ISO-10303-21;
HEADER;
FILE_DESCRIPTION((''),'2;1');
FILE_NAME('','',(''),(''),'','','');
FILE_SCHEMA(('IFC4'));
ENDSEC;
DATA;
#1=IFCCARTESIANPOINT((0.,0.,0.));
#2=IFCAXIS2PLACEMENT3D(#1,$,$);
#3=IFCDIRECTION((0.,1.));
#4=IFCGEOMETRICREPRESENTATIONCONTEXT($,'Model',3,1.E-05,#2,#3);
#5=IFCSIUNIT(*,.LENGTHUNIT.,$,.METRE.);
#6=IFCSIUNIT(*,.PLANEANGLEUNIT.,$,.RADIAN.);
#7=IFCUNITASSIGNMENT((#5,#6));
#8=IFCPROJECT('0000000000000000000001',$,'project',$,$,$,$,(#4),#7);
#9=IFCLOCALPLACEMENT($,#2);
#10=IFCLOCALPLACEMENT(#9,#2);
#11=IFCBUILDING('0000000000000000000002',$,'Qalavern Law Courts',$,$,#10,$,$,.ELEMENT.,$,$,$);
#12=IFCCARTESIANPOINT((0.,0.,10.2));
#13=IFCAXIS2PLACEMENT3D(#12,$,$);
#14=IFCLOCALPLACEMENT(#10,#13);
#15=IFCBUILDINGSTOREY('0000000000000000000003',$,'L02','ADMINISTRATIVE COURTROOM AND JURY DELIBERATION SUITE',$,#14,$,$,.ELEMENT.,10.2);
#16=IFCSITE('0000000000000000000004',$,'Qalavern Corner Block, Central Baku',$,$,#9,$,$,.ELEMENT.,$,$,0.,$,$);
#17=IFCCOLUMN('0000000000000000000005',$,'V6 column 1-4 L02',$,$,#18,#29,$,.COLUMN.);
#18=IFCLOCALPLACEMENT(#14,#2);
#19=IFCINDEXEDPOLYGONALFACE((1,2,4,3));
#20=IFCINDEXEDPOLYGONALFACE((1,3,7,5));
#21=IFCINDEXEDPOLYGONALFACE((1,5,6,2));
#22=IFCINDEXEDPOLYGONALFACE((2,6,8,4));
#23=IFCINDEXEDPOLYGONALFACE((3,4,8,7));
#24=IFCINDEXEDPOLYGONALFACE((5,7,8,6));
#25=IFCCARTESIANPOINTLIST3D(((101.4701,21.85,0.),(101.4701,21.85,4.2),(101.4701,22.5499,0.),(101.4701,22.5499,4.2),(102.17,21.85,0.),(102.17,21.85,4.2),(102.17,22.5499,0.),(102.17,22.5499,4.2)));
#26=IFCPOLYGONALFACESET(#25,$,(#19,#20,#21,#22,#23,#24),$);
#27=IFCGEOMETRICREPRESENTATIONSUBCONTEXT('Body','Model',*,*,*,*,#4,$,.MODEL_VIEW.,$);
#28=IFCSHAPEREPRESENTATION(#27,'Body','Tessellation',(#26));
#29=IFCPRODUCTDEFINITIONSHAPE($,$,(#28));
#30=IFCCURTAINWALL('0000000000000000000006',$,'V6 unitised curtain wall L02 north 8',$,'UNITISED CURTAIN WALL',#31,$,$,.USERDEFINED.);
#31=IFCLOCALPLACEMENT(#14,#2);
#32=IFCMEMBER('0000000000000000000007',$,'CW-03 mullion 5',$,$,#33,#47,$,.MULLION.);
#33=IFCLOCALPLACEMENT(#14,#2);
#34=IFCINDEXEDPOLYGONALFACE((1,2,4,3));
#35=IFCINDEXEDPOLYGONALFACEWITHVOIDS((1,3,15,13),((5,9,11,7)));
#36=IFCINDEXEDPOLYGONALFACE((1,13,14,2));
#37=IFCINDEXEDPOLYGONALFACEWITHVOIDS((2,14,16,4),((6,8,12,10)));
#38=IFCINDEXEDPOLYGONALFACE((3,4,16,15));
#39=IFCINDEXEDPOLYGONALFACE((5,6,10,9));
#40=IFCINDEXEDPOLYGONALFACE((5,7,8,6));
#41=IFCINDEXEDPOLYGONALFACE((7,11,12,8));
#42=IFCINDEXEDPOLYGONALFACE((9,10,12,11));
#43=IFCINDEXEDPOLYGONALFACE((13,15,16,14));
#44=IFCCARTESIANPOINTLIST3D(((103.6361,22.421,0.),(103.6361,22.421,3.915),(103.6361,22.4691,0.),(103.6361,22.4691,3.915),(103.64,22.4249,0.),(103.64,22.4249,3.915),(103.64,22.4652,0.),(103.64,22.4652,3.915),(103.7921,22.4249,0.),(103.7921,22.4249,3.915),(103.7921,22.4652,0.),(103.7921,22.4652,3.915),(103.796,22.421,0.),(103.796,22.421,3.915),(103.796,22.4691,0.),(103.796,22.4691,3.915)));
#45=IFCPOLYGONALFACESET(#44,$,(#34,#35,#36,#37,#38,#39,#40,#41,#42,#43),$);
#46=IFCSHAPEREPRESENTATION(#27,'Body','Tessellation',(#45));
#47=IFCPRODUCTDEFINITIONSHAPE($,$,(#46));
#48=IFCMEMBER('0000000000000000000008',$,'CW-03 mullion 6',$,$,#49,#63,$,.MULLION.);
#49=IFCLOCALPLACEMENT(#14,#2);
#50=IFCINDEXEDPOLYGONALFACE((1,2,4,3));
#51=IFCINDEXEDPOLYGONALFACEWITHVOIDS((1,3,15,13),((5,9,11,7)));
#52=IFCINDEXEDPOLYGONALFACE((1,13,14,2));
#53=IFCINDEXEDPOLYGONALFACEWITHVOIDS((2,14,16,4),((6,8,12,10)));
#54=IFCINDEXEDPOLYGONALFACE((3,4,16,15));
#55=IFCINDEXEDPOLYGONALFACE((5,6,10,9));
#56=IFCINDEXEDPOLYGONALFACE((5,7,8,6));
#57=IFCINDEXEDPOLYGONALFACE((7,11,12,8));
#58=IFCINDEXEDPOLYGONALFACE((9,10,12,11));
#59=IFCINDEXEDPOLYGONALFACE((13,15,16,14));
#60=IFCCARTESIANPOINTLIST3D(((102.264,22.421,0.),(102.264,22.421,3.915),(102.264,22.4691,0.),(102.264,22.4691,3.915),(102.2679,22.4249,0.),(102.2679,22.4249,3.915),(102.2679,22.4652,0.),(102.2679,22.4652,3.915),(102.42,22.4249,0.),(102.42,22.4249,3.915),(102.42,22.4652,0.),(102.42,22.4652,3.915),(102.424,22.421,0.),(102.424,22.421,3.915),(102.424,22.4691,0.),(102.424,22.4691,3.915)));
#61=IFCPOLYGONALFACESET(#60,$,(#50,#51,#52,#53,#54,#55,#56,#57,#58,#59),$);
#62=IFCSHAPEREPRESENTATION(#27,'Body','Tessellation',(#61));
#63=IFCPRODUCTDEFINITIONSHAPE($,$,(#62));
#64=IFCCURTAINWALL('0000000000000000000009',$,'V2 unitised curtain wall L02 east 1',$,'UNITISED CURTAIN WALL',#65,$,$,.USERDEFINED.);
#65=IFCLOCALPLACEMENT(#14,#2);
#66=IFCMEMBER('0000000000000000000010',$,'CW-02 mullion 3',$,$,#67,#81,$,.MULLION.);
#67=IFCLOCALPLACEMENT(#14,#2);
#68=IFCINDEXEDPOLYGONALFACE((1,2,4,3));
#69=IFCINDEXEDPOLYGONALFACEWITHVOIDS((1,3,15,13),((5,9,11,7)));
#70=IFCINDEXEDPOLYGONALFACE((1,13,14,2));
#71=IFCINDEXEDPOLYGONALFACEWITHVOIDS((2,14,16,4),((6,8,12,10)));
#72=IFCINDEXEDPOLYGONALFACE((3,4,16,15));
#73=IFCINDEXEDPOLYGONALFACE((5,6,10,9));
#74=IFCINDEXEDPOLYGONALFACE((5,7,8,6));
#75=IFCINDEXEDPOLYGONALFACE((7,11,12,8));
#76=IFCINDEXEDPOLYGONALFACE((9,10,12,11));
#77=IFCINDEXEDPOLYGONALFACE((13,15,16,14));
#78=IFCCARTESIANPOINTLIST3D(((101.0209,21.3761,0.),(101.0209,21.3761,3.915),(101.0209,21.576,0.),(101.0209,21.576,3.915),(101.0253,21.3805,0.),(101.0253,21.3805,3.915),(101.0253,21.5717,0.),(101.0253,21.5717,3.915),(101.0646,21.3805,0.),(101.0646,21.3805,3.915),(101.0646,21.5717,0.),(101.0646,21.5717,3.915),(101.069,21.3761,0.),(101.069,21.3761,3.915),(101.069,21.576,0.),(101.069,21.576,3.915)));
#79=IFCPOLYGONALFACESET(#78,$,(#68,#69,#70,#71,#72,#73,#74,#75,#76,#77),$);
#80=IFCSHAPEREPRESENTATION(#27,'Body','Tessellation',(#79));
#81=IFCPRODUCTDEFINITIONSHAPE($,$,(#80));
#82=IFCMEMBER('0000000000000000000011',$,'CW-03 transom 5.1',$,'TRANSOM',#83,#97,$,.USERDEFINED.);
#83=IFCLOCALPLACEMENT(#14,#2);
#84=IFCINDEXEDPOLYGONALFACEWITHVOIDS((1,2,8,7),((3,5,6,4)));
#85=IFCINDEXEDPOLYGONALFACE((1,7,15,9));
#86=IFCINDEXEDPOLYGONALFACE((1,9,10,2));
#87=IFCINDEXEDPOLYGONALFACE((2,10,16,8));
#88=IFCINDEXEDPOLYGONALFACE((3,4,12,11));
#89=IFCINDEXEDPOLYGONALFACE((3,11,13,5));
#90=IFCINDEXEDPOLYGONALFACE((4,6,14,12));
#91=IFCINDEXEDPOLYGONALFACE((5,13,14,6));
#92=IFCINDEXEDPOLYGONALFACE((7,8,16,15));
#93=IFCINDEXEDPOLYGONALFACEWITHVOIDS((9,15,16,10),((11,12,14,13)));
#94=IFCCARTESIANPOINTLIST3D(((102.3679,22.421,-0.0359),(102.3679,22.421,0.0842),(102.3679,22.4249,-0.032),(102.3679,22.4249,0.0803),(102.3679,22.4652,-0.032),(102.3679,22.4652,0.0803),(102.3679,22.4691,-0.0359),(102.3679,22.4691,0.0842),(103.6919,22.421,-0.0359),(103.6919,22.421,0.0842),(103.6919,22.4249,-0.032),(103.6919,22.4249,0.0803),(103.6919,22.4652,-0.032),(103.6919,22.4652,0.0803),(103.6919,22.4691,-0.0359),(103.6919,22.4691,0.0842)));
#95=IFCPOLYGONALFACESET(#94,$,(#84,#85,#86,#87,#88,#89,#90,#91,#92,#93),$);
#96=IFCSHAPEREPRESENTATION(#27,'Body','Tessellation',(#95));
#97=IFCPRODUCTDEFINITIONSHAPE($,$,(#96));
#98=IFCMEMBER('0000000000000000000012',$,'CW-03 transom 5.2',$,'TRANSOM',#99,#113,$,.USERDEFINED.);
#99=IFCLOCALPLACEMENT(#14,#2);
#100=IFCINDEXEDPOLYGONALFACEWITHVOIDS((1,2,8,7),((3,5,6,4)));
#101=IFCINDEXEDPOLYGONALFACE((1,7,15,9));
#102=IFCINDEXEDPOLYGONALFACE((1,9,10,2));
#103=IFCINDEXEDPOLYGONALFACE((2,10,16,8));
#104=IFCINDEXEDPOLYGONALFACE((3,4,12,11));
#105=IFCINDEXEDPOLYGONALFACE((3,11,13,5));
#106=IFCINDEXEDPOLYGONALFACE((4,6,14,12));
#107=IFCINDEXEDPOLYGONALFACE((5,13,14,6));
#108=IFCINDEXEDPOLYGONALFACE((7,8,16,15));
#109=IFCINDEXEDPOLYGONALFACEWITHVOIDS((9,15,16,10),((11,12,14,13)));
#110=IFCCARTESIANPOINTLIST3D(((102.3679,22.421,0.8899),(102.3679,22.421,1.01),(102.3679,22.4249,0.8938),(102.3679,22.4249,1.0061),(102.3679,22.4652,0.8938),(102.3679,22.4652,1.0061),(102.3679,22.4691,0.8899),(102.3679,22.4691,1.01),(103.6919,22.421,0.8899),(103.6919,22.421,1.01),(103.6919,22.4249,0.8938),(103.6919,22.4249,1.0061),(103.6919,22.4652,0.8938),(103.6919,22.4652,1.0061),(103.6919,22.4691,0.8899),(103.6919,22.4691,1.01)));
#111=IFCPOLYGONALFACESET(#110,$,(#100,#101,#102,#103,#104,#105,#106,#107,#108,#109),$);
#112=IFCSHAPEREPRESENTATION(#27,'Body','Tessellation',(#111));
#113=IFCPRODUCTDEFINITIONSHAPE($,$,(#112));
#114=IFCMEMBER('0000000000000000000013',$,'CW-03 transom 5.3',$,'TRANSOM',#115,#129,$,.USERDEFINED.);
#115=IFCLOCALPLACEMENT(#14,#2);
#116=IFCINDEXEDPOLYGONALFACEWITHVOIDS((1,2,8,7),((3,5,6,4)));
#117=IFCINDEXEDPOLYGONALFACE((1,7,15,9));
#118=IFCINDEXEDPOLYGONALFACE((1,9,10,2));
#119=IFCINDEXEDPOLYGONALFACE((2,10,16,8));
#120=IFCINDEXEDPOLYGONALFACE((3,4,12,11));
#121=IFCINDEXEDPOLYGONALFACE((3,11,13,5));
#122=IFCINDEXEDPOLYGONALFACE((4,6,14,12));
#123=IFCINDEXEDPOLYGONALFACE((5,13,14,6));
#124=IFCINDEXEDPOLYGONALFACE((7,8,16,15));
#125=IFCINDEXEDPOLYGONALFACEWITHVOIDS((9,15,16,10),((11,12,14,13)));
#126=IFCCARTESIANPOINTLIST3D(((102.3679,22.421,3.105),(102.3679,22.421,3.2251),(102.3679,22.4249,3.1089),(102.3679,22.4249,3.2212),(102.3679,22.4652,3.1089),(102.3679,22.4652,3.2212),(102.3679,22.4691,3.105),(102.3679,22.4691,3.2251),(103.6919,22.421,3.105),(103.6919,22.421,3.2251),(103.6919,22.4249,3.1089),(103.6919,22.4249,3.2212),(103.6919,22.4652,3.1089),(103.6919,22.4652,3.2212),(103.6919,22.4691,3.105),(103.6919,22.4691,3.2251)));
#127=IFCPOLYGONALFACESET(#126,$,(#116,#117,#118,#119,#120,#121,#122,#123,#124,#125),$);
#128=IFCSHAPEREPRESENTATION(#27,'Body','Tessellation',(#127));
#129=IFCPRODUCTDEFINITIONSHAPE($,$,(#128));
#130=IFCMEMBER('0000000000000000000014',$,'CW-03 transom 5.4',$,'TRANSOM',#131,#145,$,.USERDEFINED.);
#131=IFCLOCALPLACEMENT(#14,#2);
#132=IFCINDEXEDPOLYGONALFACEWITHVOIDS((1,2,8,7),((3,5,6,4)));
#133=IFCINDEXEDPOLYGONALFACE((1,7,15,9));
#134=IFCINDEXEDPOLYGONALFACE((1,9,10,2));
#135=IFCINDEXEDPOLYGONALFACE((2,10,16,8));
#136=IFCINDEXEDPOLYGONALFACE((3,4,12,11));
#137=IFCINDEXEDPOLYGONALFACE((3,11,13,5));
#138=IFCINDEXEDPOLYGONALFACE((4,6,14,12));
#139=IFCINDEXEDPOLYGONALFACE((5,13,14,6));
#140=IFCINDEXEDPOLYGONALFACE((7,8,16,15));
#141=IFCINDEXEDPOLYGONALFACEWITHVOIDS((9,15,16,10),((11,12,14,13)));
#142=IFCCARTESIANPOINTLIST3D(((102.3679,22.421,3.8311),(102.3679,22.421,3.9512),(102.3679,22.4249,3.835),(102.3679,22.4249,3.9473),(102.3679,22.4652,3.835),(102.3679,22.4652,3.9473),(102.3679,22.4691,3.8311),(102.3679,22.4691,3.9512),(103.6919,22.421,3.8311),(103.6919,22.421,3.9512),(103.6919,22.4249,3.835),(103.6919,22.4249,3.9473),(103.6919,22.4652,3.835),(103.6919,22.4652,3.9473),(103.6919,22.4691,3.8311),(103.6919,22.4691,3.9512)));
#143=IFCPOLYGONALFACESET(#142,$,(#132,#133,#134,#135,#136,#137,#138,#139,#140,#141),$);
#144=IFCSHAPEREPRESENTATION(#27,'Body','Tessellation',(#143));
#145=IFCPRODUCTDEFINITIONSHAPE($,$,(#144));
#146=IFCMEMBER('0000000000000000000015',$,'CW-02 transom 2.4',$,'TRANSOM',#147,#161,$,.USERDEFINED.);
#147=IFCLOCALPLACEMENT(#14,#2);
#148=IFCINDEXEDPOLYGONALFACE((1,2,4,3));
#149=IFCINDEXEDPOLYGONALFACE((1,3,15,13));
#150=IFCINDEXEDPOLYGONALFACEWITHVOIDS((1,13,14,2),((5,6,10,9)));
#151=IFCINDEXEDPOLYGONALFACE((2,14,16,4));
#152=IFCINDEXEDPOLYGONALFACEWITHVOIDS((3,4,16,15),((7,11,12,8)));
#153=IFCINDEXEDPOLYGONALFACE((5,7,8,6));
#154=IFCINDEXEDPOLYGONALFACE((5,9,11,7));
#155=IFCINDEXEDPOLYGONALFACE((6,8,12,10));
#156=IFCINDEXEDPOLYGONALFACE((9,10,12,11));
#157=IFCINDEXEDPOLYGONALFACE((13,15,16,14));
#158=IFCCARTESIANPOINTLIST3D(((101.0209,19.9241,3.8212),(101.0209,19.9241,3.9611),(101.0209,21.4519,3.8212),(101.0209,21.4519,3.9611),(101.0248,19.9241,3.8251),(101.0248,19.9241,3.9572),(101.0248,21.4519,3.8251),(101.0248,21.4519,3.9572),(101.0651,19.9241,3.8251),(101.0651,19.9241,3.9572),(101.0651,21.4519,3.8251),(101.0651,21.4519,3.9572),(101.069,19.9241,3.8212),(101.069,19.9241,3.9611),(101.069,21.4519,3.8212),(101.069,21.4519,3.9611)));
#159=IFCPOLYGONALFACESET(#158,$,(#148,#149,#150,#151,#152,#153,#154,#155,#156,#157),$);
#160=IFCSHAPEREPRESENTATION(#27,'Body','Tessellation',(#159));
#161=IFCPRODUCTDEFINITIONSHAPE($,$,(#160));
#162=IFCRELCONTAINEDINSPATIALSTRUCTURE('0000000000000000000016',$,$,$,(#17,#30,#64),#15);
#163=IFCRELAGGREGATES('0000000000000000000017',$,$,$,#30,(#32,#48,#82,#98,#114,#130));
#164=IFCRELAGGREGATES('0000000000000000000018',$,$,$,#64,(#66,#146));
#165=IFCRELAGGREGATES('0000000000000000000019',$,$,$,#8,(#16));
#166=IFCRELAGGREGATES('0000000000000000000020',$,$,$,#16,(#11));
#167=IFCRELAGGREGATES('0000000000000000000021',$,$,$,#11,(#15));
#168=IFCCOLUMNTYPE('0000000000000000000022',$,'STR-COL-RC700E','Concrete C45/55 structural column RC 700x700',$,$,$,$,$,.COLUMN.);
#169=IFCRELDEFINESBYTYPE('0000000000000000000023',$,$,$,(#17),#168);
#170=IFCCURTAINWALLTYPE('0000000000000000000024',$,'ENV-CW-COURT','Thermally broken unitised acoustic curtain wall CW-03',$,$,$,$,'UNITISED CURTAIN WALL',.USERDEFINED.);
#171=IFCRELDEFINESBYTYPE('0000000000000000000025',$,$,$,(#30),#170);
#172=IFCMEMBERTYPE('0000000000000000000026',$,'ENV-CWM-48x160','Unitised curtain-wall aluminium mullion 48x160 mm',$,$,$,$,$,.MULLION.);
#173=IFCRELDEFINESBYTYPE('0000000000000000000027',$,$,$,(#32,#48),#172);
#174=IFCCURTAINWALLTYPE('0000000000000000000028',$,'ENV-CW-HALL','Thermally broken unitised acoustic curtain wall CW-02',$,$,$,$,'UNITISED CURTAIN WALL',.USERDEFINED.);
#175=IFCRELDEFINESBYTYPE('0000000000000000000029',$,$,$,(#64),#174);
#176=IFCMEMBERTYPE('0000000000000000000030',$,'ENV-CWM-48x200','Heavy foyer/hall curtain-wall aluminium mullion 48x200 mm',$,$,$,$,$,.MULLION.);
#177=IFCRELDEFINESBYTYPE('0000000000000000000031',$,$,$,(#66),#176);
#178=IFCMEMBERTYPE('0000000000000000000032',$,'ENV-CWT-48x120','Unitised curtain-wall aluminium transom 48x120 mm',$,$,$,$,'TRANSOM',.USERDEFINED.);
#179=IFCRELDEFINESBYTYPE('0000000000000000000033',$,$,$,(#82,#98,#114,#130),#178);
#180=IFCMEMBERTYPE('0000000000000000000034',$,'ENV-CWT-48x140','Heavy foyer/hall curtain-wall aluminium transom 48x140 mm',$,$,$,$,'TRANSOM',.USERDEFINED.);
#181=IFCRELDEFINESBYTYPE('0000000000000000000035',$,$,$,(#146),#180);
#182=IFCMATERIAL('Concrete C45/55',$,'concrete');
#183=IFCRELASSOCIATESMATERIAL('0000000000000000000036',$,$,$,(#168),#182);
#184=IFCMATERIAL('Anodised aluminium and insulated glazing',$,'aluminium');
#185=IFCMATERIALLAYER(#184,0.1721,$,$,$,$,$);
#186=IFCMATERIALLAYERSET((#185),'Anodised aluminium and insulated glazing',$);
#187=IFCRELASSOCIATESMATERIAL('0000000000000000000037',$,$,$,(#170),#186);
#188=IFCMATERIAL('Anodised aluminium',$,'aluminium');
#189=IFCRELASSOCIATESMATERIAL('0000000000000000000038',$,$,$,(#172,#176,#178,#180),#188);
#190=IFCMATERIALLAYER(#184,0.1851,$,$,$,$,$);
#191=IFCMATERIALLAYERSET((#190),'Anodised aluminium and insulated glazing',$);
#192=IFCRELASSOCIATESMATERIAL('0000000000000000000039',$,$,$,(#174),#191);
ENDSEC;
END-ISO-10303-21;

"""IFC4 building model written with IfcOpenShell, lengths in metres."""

from ifc_helpers import new_model, si_unit, direction, frame, origin, origin_2d, place, context, subcontext, project, spatial, rectangle, hollow_rectangle, extrude, material, layer, layer_set, material_profile, profile_set, type_object, element, aggregate, save


model = new_model("IFC4")

# Units and contexts
model_context = context("Model", 3, precision=1e-05, world=origin(), true_north=direction((0.0, 1.0)))
body_context = subcontext(model_context, "Body", "Model", "MODEL_VIEW")
ifc_project = project(units=[si_unit("LENGTHUNIT", "METRE"), si_unit("PLANEANGLEUNIT", "RADIAN")], contexts=[model_context])

# Site, building, storey
site_placement = place(None, origin())
site = spatial("IfcSite", under=ifc_project, at=site_placement, Name="Qalavern Corner Block, Central Baku", CompositionType="ELEMENT", RefElevation=0.0)
building_placement = place(site_placement, origin())
building = spatial("IfcBuilding", under=site, at=building_placement, Name="Qalavern Law Courts", CompositionType="ELEMENT")
storey_placement = place(building_placement, frame((0.0, 0.0, 10.2)))
storey = spatial("IfcBuildingStorey", under=building, at=storey_placement, Name="L02", Description="ADMINISTRATIVE COURTROOM AND JURY DELIBERATION SUITE", CompositionType="ELEMENT", Elevation=10.2)

# Column
ifc_material_1 = material(Name="Concrete C45/55", Category="concrete")
ifc_material_profile_1 = material_profile(ifc_material_1, rectangle(XDim=0.7, YDim=0.7, at=origin_2d()), Name="RC 700x700")
ifc_profile_set_1 = profile_set([ifc_material_profile_1], Name="Concrete C45/55")
column_type = type_object("IfcColumnType", Name="STR-COL-RC700E", Description="Concrete C45/55 structural column RC 700x700", PredefinedType="COLUMN", material=ifc_profile_set_1)
column_placement = place(storey_placement, frame((101.8201, 22.2, 0.0), z_axis=(0.0, 0.0, 1.0), x_axis=(1.0, 0.0, 0.0)))
element("IfcColumn", 1, at=column_placement, inside=storey, type_object=column_type, Name="V6 column 1-4 L02", PredefinedType="COLUMN", context=body_context, shape_type="SweptSolid", body=[
    extrude(rectangle(XDim=0.7, YDim=0.7, at=origin_2d()), origin(), (0.0, 0.0, 1.0), 4.2),
])

# Curtain wall, members
ifc_material_2 = material(Name="Anodised aluminium and insulated glazing", Category="aluminium")
ifc_layer_1 = layer(ifc_material_2, 0.1721)
ifc_layer_set_1 = layer_set([ifc_layer_1], Name="Anodised aluminium and insulated glazing")
curtain_wall_type_1 = type_object("IfcCurtainWallType", Name="ENV-CW-COURT", Description="Thermally broken unitised acoustic curtain wall CW-03", ElementType="UNITISED CURTAIN WALL", PredefinedType="USERDEFINED", material=ifc_layer_set_1)
curtain_wall_1_placement = place(storey_placement, origin())
curtain_wall_1 = element("IfcCurtainWall", 2, at=curtain_wall_1_placement, inside=storey, type_object=curtain_wall_type_1, Name="V6 unitised curtain wall L02 north 8", ObjectType="UNITISED CURTAIN WALL", PredefinedType="USERDEFINED")
ifc_material_3 = material(Name="Anodised aluminium", Category="aluminium")
ifc_material_profile_2 = material_profile(ifc_material_3, hollow_rectangle(XDim=0.0481, YDim=0.1599, WallThickness=0.0039, at=origin_2d()), Name="ALU MULLION 48x160")
ifc_profile_set_2 = profile_set([ifc_material_profile_2], Name="Anodised aluminium")
member_type_1 = type_object("IfcMemberType", Name="ENV-CWM-48x160", Description="Unitised curtain-wall aluminium mullion 48x160 mm", PredefinedType="MULLION", material=ifc_profile_set_2)
member_1_placement = place(storey_placement, frame((103.7161, 22.4451, 0.0), z_axis=(0.0, 0.0, 1.0), x_axis=(0.0, -1.0, 0.0)))
member_1 = element("IfcMember", 3, at=member_1_placement, type_object=member_type_1, Name="CW-03 mullion 5", PredefinedType="MULLION", context=body_context, shape_type="SweptSolid", body=[
    extrude(hollow_rectangle(XDim=0.0481, YDim=0.1599, WallThickness=0.0039, at=origin_2d()), origin(), (0.0, 0.0, 1.0), 3.915),
])
member_2_placement = place(storey_placement, frame((102.344, 22.4451, 0.0), z_axis=(0.0, 0.0, 1.0), x_axis=(0.0, -1.0, 0.0)))
member_2 = element("IfcMember", 4, at=member_2_placement, type_object=member_type_1, Name="CW-03 mullion 6", PredefinedType="MULLION", context=body_context, shape_type="SweptSolid", body=[
    extrude(hollow_rectangle(XDim=0.0481, YDim=0.1599, WallThickness=0.0039, at=origin_2d()), origin(), (0.0, 0.0, 1.0), 3.915),
])

# Curtain wall, member
ifc_layer_2 = layer(ifc_material_2, 0.1851)
ifc_layer_set_2 = layer_set([ifc_layer_2], Name="Anodised aluminium and insulated glazing")
curtain_wall_type_2 = type_object("IfcCurtainWallType", Name="ENV-CW-HALL", Description="Thermally broken unitised acoustic curtain wall CW-02", ElementType="UNITISED CURTAIN WALL", PredefinedType="USERDEFINED", material=ifc_layer_set_2)
curtain_wall_2_placement = place(storey_placement, origin())
curtain_wall_2 = element("IfcCurtainWall", 5, at=curtain_wall_2_placement, inside=storey, type_object=curtain_wall_type_2, Name="V2 unitised curtain wall L02 east 1", ObjectType="UNITISED CURTAIN WALL", PredefinedType="USERDEFINED")
ifc_material_profile_3 = material_profile(ifc_material_3, hollow_rectangle(XDim=0.0481, YDim=0.2, WallThickness=0.0044, at=origin_2d()), Name="ALU MULLION 48x200")
ifc_profile_set_3 = profile_set([ifc_material_profile_3], Name="Anodised aluminium")
member_type_2 = type_object("IfcMemberType", Name="ENV-CWM-48x200", Description="Heavy foyer/hall curtain-wall aluminium mullion 48x200 mm", PredefinedType="MULLION", material=ifc_profile_set_3)
member_3_placement = place(storey_placement, frame((101.0449, 21.4761, 0.0), z_axis=(0.0, 0.0, 1.0), x_axis=(-1.0, 0.0, 0.0)))
member_3 = element("IfcMember", 6, at=member_3_placement, type_object=member_type_2, Name="CW-02 mullion 3", PredefinedType="MULLION", context=body_context, shape_type="SweptSolid", body=[
    extrude(hollow_rectangle(XDim=0.0481, YDim=0.2, WallThickness=0.0044, at=origin_2d()), origin(), (0.0, 0.0, 1.0), 3.915),
])

# Members
ifc_material_profile_4 = material_profile(ifc_material_3, hollow_rectangle(XDim=0.0481, YDim=0.1201, WallThickness=0.0039, at=origin_2d()), Name="ALU TRANSOM 48x120")
ifc_profile_set_4 = profile_set([ifc_material_profile_4], Name="Anodised aluminium")
member_type_3 = type_object("IfcMemberType", Name="ENV-CWT-48x120", Description="Unitised curtain-wall aluminium transom 48x120 mm", ElementType="TRANSOM", PredefinedType="USERDEFINED", material=ifc_profile_set_4)
member_4_placement = place(storey_placement, frame((103.6919, 22.4451, 0.0242), z_axis=(-1.0, 0.0, 0.0), x_axis=(0.0, -1.0, 0.0)))
member_4 = element("IfcMember", 7, at=member_4_placement, type_object=member_type_3, Name="CW-03 transom 5.1", ObjectType="TRANSOM", PredefinedType="USERDEFINED", context=body_context, shape_type="SweptSolid", body=[
    extrude(hollow_rectangle(XDim=0.0481, YDim=0.1201, WallThickness=0.0039, at=origin_2d()), origin(), (0.0, 0.0, 1.0), 1.324),
])
member_5_placement = place(storey_placement, frame((103.6919, 22.4451, 0.95), z_axis=(-1.0, 0.0, 0.0), x_axis=(0.0, -1.0, 0.0)))
member_5 = element("IfcMember", 8, at=member_5_placement, type_object=member_type_3, Name="CW-03 transom 5.2", ObjectType="TRANSOM", PredefinedType="USERDEFINED", context=body_context, shape_type="SweptSolid", body=[
    extrude(hollow_rectangle(XDim=0.0481, YDim=0.1201, WallThickness=0.0039, at=origin_2d()), origin(), (0.0, 0.0, 1.0), 1.324),
])
member_6_placement = place(storey_placement, frame((103.6919, 22.4451, 3.165), z_axis=(-1.0, 0.0, 0.0), x_axis=(0.0, -1.0, 0.0)))
member_6 = element("IfcMember", 9, at=member_6_placement, type_object=member_type_3, Name="CW-03 transom 5.3", ObjectType="TRANSOM", PredefinedType="USERDEFINED", context=body_context, shape_type="SweptSolid", body=[
    extrude(hollow_rectangle(XDim=0.0481, YDim=0.1201, WallThickness=0.0039, at=origin_2d()), origin(), (0.0, 0.0, 1.0), 1.324),
])
member_7_placement = place(storey_placement, frame((103.6919, 22.4451, 3.8911), z_axis=(-1.0, 0.0, 0.0), x_axis=(0.0, -1.0, 0.0)))
member_7 = element("IfcMember", 10, at=member_7_placement, type_object=member_type_3, Name="CW-03 transom 5.4", ObjectType="TRANSOM", PredefinedType="USERDEFINED", context=body_context, shape_type="SweptSolid", body=[
    extrude(hollow_rectangle(XDim=0.0481, YDim=0.1201, WallThickness=0.0039, at=origin_2d()), origin(), (0.0, 0.0, 1.0), 1.324),
])
ifc_material_profile_5 = material_profile(ifc_material_3, hollow_rectangle(XDim=0.0481, YDim=0.1399, WallThickness=0.0039, at=origin_2d()), Name="ALU TRANSOM 48x140")
ifc_profile_set_5 = profile_set([ifc_material_profile_5], Name="Anodised aluminium")
member_type_4 = type_object("IfcMemberType", Name="ENV-CWT-48x140", Description="Heavy foyer/hall curtain-wall aluminium transom 48x140 mm", ElementType="TRANSOM", PredefinedType="USERDEFINED", material=ifc_profile_set_5)
member_8_placement = place(storey_placement, frame((101.0449, 19.9241, 3.8911), z_axis=(0.0, 1.0, 0.0), x_axis=(-1.0, 0.0, 0.0)))
member_8 = element("IfcMember", 11, at=member_8_placement, type_object=member_type_4, Name="CW-02 transom 2.4", ObjectType="TRANSOM", PredefinedType="USERDEFINED", context=body_context, shape_type="SweptSolid", body=[
    extrude(hollow_rectangle(XDim=0.0481, YDim=0.1399, WallThickness=0.0039, at=origin_2d()), origin(), (0.0, 0.0, 1.0), 1.5278),
])

aggregate(curtain_wall_1, [member_1, member_2, member_4, member_5, member_6, member_7])
aggregate(curtain_wall_2, [member_3, member_8])

save(model, "model.ifc")
